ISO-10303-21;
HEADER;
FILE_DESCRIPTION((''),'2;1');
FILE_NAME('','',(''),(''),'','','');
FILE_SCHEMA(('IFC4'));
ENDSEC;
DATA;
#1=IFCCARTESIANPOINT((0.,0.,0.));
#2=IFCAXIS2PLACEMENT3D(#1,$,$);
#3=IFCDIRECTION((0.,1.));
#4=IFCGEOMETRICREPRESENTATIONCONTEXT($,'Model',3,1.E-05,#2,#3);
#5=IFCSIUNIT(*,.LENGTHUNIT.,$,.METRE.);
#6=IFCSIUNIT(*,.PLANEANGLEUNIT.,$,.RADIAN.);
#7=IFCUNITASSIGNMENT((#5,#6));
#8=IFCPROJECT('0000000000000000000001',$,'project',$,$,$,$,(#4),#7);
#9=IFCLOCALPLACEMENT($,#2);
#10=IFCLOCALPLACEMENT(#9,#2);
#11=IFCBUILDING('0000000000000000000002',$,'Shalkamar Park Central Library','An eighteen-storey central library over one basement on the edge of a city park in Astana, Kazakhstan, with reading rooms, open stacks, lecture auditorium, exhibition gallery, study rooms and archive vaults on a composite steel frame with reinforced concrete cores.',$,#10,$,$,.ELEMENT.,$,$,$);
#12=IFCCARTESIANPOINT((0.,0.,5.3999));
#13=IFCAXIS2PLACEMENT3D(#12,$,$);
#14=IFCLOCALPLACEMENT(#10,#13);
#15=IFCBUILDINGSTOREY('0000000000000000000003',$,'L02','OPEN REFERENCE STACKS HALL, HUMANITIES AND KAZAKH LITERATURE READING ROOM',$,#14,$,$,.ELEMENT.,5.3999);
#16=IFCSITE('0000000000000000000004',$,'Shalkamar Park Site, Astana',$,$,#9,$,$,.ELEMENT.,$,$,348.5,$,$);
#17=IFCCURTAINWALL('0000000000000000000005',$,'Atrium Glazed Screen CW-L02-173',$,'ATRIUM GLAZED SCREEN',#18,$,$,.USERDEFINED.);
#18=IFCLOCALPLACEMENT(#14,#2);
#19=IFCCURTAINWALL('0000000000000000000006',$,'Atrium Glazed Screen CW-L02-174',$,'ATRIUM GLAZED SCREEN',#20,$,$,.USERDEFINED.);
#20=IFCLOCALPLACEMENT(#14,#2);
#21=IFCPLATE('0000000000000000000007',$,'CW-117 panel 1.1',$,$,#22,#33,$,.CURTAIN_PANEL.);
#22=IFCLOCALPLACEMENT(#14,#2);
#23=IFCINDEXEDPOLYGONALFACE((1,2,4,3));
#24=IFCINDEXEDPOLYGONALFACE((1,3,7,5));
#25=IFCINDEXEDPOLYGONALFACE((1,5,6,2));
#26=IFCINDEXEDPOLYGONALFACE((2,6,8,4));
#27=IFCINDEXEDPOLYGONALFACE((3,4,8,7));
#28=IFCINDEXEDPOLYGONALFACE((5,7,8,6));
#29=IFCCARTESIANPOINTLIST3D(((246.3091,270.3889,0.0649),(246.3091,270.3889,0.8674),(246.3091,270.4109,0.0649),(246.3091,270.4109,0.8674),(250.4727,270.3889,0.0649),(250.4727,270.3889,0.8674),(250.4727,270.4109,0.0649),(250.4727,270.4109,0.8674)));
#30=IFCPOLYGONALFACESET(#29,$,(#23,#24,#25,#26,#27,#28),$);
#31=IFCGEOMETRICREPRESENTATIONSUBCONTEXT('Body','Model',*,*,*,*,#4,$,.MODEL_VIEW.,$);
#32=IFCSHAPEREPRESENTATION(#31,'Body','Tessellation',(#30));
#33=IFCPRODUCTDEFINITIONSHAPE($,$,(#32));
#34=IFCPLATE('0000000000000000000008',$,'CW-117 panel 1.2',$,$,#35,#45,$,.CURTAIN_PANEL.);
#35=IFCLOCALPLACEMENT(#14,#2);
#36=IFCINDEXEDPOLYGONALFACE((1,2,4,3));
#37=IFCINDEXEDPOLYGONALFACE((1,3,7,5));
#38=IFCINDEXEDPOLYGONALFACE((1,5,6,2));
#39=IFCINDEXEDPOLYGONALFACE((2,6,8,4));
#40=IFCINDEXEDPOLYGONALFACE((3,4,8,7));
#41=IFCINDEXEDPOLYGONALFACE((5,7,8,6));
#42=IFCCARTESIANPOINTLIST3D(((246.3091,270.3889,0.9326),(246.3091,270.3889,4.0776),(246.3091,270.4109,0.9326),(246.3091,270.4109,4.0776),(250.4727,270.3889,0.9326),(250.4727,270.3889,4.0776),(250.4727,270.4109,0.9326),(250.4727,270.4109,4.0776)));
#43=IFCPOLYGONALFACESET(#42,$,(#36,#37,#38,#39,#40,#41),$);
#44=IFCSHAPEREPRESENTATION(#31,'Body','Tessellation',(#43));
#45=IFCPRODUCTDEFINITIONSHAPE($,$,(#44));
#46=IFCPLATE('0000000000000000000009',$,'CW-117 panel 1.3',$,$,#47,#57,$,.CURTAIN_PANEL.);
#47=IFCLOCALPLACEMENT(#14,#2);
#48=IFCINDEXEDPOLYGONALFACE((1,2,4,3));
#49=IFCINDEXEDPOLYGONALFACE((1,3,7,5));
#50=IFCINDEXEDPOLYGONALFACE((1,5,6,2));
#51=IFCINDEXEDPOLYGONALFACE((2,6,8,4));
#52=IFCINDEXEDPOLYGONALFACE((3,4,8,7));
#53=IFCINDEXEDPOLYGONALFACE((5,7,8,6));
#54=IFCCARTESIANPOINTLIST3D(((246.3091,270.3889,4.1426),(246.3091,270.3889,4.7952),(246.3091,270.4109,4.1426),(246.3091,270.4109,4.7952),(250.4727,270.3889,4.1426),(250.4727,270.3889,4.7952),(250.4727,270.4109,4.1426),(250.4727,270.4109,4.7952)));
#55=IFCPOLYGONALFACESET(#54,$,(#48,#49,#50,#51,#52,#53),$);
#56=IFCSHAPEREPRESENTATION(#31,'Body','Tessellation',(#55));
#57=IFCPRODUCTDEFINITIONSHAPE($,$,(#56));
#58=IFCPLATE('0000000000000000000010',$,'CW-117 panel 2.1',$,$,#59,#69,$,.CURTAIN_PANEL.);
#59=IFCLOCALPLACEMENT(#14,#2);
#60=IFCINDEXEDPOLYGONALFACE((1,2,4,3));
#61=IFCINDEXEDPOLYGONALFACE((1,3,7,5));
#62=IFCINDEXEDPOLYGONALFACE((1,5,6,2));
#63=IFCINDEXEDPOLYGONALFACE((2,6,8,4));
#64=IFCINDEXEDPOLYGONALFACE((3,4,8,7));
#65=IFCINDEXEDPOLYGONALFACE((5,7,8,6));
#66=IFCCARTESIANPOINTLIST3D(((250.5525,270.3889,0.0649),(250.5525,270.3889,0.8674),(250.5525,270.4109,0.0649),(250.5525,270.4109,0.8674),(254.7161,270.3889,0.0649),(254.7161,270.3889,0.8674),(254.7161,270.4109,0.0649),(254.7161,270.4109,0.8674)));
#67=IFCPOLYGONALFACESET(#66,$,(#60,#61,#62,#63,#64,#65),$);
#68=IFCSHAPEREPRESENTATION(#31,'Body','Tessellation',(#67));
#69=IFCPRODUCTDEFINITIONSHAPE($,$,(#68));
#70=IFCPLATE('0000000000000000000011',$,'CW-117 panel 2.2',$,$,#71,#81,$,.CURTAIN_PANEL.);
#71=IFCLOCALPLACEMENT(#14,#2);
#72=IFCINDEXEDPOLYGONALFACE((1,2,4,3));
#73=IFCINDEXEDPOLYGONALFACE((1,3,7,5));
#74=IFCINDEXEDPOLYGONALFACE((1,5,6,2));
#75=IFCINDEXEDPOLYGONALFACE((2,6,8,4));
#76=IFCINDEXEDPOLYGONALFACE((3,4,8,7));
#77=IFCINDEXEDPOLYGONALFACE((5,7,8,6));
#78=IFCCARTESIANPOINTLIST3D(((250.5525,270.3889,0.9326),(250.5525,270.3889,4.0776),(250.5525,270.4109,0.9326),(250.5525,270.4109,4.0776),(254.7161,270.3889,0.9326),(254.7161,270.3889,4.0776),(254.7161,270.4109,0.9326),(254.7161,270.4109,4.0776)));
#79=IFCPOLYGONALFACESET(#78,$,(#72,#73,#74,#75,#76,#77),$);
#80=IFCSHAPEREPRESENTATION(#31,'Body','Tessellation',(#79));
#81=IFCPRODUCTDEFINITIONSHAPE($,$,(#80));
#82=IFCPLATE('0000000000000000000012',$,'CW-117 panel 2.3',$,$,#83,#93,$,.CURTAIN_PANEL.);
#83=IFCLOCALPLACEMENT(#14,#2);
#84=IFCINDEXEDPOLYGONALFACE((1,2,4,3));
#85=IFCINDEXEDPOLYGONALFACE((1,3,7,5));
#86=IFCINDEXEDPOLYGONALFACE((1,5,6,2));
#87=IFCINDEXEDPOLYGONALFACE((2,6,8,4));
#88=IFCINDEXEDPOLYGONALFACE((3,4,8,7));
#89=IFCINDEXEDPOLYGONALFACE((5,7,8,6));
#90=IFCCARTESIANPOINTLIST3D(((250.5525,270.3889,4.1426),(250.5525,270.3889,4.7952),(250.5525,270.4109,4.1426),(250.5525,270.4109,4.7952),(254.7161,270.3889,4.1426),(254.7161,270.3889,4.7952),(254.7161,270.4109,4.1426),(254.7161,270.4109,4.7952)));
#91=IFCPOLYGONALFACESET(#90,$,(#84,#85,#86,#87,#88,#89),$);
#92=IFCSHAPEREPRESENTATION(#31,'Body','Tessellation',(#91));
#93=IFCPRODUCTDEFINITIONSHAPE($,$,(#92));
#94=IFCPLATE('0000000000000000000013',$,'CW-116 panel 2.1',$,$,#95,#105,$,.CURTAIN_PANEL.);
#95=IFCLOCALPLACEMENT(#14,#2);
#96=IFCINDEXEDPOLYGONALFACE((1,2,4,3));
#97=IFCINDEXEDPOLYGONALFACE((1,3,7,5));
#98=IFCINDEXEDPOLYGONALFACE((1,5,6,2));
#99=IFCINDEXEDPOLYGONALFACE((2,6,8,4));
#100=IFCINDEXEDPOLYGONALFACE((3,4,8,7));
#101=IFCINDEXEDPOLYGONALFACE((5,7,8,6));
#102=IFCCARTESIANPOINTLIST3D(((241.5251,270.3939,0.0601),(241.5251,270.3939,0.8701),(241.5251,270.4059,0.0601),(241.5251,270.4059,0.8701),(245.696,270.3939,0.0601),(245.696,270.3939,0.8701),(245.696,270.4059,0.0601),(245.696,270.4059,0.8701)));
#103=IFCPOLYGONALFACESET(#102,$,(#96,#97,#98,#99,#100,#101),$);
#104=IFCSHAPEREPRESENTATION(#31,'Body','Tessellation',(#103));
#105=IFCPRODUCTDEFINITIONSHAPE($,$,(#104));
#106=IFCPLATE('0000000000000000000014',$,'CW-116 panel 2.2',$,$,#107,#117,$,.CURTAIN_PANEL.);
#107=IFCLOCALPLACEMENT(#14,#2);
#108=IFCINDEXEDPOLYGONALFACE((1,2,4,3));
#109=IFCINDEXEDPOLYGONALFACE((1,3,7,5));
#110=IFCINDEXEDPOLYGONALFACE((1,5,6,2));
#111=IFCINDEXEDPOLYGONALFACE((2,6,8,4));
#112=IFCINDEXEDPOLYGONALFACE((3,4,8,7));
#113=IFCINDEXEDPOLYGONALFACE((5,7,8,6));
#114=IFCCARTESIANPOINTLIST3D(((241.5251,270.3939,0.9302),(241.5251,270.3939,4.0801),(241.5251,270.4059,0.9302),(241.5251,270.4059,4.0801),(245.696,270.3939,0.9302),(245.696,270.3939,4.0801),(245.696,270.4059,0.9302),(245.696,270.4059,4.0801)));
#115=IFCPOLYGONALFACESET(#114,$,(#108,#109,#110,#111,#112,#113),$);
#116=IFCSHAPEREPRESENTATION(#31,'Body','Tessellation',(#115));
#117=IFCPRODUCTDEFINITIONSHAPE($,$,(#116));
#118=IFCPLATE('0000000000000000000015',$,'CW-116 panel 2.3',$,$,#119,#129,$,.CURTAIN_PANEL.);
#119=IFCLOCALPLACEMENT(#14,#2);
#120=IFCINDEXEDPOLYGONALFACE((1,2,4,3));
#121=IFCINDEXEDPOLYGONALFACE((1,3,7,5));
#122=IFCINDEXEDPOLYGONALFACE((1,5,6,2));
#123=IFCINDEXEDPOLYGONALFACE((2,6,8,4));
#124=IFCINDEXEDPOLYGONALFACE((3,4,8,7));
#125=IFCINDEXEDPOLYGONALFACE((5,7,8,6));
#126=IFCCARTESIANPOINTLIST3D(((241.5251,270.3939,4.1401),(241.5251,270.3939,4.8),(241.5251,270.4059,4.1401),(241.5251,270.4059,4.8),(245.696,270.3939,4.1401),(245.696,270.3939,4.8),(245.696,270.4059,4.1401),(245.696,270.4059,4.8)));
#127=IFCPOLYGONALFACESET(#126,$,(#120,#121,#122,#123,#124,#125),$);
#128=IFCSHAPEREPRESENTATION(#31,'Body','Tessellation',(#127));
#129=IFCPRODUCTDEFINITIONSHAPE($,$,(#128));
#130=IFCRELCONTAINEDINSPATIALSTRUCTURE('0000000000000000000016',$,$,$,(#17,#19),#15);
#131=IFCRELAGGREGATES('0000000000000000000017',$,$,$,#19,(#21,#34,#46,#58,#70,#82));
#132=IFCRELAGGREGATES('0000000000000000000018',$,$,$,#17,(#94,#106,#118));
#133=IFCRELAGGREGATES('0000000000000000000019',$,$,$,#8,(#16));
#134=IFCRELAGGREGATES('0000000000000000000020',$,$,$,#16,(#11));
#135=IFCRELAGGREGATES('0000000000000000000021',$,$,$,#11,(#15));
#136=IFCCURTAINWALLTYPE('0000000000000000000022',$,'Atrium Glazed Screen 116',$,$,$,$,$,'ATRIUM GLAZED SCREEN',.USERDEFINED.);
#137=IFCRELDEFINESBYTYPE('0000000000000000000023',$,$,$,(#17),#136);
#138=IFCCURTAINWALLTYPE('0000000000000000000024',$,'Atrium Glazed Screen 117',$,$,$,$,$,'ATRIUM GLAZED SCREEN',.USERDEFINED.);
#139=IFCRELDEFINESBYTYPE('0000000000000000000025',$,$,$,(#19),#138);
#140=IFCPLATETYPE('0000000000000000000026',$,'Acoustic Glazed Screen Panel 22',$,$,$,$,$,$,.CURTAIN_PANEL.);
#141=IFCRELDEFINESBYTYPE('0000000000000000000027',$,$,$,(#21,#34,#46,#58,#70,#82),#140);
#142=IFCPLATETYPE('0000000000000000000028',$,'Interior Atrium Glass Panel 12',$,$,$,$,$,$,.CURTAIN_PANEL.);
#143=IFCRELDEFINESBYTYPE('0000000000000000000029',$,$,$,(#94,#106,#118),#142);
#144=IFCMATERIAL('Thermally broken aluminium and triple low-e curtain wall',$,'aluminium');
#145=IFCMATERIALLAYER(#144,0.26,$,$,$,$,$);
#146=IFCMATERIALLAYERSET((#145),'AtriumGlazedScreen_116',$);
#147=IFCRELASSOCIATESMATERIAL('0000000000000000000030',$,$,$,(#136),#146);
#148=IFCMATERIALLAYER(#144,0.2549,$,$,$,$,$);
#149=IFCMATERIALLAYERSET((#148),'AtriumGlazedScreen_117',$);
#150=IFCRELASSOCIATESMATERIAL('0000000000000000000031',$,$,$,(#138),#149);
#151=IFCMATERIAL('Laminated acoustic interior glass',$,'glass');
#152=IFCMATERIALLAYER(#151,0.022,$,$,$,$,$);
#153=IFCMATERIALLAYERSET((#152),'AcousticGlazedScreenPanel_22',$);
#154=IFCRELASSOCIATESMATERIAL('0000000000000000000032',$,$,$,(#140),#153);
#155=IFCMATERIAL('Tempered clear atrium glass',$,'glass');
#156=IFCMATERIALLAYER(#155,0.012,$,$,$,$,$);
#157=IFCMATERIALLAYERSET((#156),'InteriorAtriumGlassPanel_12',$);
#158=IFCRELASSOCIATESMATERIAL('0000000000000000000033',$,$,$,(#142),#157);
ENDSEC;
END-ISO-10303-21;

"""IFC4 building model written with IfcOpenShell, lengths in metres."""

from ifc_helpers import new_model, si_unit, direction, frame, origin, origin_2d, place, context, subcontext, project, spatial, rectangle, extrude, material, layer, layer_set, type_object, element, aggregate, save


model = new_model("IFC4")

# Units and contexts
model_context = context("Model", 3, precision=1e-05, world=origin(), true_north=direction((0.0, 1.0)))
body_context = subcontext(model_context, "Body", "Model", "MODEL_VIEW")
ifc_project = project(units=[si_unit("LENGTHUNIT", "METRE"), si_unit("PLANEANGLEUNIT", "RADIAN")], contexts=[model_context])

# Site, building, storey
site_placement = place(None, origin())
site = spatial("IfcSite", under=ifc_project, at=site_placement, Name="Shalkamar Park Site, Astana", CompositionType="ELEMENT", RefElevation=348.5)
building_placement = place(site_placement, origin())
building = spatial("IfcBuilding", under=site, at=building_placement, Name="Shalkamar Park Central Library", Description="An eighteen-storey central library over one basement on the edge of a city park in Astana, Kazakhstan, with reading rooms, open stacks, lecture auditorium, exhibition gallery, study rooms and archive vaults on a composite steel frame with reinforced concrete cores.", CompositionType="ELEMENT")
storey_placement = place(building_placement, frame((0.0, 0.0, 5.3999)))
storey = spatial("IfcBuildingStorey", under=building, at=storey_placement, Name="L02", Description="OPEN REFERENCE STACKS HALL, HUMANITIES AND KAZAKH LITERATURE READING ROOM", CompositionType="ELEMENT", Elevation=5.3999)

# Curtain walls
ifc_material_1 = material(Name="Thermally broken aluminium and triple low-e curtain wall", Category="aluminium")
ifc_layer_1 = layer(ifc_material_1, 0.26)
ifc_layer_set_1 = layer_set([ifc_layer_1], Name="AtriumGlazedScreen_116")
curtain_wall_type_1 = type_object("IfcCurtainWallType", Name="Atrium Glazed Screen 116", ElementType="ATRIUM GLAZED SCREEN", PredefinedType="USERDEFINED", material=ifc_layer_set_1)
curtain_wall_1_placement = place(storey_placement, origin())
curtain_wall_1 = element("IfcCurtainWall", 1, at=curtain_wall_1_placement, inside=storey, type_object=curtain_wall_type_1, Name="Atrium Glazed Screen CW-L02-173", ObjectType="ATRIUM GLAZED SCREEN", PredefinedType="USERDEFINED")
ifc_layer_2 = layer(ifc_material_1, 0.2549)
ifc_layer_set_2 = layer_set([ifc_layer_2], Name="AtriumGlazedScreen_117")
curtain_wall_type_2 = type_object("IfcCurtainWallType", Name="Atrium Glazed Screen 117", ElementType="ATRIUM GLAZED SCREEN", PredefinedType="USERDEFINED", material=ifc_layer_set_2)
curtain_wall_2_placement = place(storey_placement, origin())
curtain_wall_2 = element("IfcCurtainWall", 2, at=curtain_wall_2_placement, inside=storey, type_object=curtain_wall_type_2, Name="Atrium Glazed Screen CW-L02-174", ObjectType="ATRIUM GLAZED SCREEN", PredefinedType="USERDEFINED")

# Plates
ifc_material_2 = material(Name="Laminated acoustic interior glass", Category="glass")
ifc_layer_3 = layer(ifc_material_2, 0.022)
ifc_layer_set_3 = layer_set([ifc_layer_3], Name="AcousticGlazedScreenPanel_22")
plate_type_1 = type_object("IfcPlateType", Name="Acoustic Glazed Screen Panel 22", PredefinedType="CURTAIN_PANEL", material=ifc_layer_set_3)
plate_1_placement = place(storey_placement, frame((248.3909, 270.3999, 0.0649), z_axis=(0.0, 0.0, 1.0), x_axis=(1.0, 0.0, 0.0)))
plate_1 = element("IfcPlate", 3, at=plate_1_placement, type_object=plate_type_1, Name="CW-117 panel 1.1", PredefinedType="CURTAIN_PANEL", context=body_context, shape_type="SweptSolid", body=[
    extrude(rectangle(XDim=4.1636, YDim=0.022, at=origin_2d()), origin(), (0.0, 0.0, 1.0), 0.8025),
])
plate_2_placement = place(storey_placement, frame((248.3909, 270.3999, 0.9326), z_axis=(0.0, 0.0, 1.0), x_axis=(1.0, 0.0, 0.0)))
plate_2 = element("IfcPlate", 4, at=plate_2_placement, type_object=plate_type_1, Name="CW-117 panel 1.2", PredefinedType="CURTAIN_PANEL", context=body_context, shape_type="SweptSolid", body=[
    extrude(rectangle(XDim=4.1636, YDim=0.022, at=origin_2d()), origin(), (0.0, 0.0, 1.0), 3.145),
])
plate_3_placement = place(storey_placement, frame((248.3909, 270.3999, 4.1426), z_axis=(0.0, 0.0, 1.0), x_axis=(1.0, 0.0, 0.0)))
plate_3 = element("IfcPlate", 5, at=plate_3_placement, type_object=plate_type_1, Name="CW-117 panel 1.3", PredefinedType="CURTAIN_PANEL", context=body_context, shape_type="SweptSolid", body=[
    extrude(rectangle(XDim=4.1636, YDim=0.022, at=origin_2d()), origin(), (0.0, 0.0, 1.0), 0.6526),
])
plate_4_placement = place(storey_placement, frame((252.6343, 270.3999, 0.0649), z_axis=(0.0, 0.0, 1.0), x_axis=(1.0, 0.0, 0.0)))
plate_4 = element("IfcPlate", 6, at=plate_4_placement, type_object=plate_type_1, Name="CW-117 panel 2.1", PredefinedType="CURTAIN_PANEL", context=body_context, shape_type="SweptSolid", body=[
    extrude(rectangle(XDim=4.1636, YDim=0.022, at=origin_2d()), origin(), (0.0, 0.0, 1.0), 0.8025),
])
plate_5_placement = place(storey_placement, frame((252.6343, 270.3999, 0.9326), z_axis=(0.0, 0.0, 1.0), x_axis=(1.0, 0.0, 0.0)))
plate_5 = element("IfcPlate", 7, at=plate_5_placement, type_object=plate_type_1, Name="CW-117 panel 2.2", PredefinedType="CURTAIN_PANEL", context=body_context, shape_type="SweptSolid", body=[
    extrude(rectangle(XDim=4.1636, YDim=0.022, at=origin_2d()), origin(), (0.0, 0.0, 1.0), 3.145),
])
plate_6_placement = place(storey_placement, frame((252.6343, 270.3999, 4.1426), z_axis=(0.0, 0.0, 1.0), x_axis=(1.0, 0.0, 0.0)))
plate_6 = element("IfcPlate", 8, at=plate_6_placement, type_object=plate_type_1, Name="CW-117 panel 2.3", PredefinedType="CURTAIN_PANEL", context=body_context, shape_type="SweptSolid", body=[
    extrude(rectangle(XDim=4.1636, YDim=0.022, at=origin_2d()), origin(), (0.0, 0.0, 1.0), 0.6526),
])
aggregate(curtain_wall_2, [plate_1, plate_2, plate_3, plate_4, plate_5, plate_6])
ifc_material_3 = material(Name="Tempered clear atrium glass", Category="glass")
ifc_layer_4 = layer(ifc_material_3, 0.012)
ifc_layer_set_4 = layer_set([ifc_layer_4], Name="InteriorAtriumGlassPanel_12")
plate_type_2 = type_object("IfcPlateType", Name="Interior Atrium Glass Panel 12", PredefinedType="CURTAIN_PANEL", material=ifc_layer_set_4)
plate_7_placement = place(storey_placement, frame((243.6106, 270.3999, 0.0601), z_axis=(0.0, 0.0, 1.0), x_axis=(1.0, 0.0, 0.0)))
plate_7 = element("IfcPlate", 9, at=plate_7_placement, type_object=plate_type_2, Name="CW-116 panel 2.1", PredefinedType="CURTAIN_PANEL", context=body_context, shape_type="SweptSolid", body=[
    extrude(rectangle(XDim=4.1709, YDim=0.012, at=origin_2d()), origin(), (0.0, 0.0, 1.0), 0.8101),
])
plate_8_placement = place(storey_placement, frame((243.6106, 270.3999, 0.9302), z_axis=(0.0, 0.0, 1.0), x_axis=(1.0, 0.0, 0.0)))
plate_8 = element("IfcPlate", 10, at=plate_8_placement, type_object=plate_type_2, Name="CW-116 panel 2.2", PredefinedType="CURTAIN_PANEL", context=body_context, shape_type="SweptSolid", body=[
    extrude(rectangle(XDim=4.1709, YDim=0.012, at=origin_2d()), origin(), (0.0, 0.0, 1.0), 3.1499),
])
plate_9_placement = place(storey_placement, frame((243.6106, 270.3999, 4.1401), z_axis=(0.0, 0.0, 1.0), x_axis=(1.0, 0.0, 0.0)))
plate_9 = element("IfcPlate", 11, at=plate_9_placement, type_object=plate_type_2, Name="CW-116 panel 2.3", PredefinedType="CURTAIN_PANEL", context=body_context, shape_type="SweptSolid", body=[
    extrude(rectangle(XDim=4.1709, YDim=0.012, at=origin_2d()), origin(), (0.0, 0.0, 1.0), 0.6599),
])
aggregate(curtain_wall_1, [plate_7, plate_8, plate_9])

save(model, "model.ifc")
